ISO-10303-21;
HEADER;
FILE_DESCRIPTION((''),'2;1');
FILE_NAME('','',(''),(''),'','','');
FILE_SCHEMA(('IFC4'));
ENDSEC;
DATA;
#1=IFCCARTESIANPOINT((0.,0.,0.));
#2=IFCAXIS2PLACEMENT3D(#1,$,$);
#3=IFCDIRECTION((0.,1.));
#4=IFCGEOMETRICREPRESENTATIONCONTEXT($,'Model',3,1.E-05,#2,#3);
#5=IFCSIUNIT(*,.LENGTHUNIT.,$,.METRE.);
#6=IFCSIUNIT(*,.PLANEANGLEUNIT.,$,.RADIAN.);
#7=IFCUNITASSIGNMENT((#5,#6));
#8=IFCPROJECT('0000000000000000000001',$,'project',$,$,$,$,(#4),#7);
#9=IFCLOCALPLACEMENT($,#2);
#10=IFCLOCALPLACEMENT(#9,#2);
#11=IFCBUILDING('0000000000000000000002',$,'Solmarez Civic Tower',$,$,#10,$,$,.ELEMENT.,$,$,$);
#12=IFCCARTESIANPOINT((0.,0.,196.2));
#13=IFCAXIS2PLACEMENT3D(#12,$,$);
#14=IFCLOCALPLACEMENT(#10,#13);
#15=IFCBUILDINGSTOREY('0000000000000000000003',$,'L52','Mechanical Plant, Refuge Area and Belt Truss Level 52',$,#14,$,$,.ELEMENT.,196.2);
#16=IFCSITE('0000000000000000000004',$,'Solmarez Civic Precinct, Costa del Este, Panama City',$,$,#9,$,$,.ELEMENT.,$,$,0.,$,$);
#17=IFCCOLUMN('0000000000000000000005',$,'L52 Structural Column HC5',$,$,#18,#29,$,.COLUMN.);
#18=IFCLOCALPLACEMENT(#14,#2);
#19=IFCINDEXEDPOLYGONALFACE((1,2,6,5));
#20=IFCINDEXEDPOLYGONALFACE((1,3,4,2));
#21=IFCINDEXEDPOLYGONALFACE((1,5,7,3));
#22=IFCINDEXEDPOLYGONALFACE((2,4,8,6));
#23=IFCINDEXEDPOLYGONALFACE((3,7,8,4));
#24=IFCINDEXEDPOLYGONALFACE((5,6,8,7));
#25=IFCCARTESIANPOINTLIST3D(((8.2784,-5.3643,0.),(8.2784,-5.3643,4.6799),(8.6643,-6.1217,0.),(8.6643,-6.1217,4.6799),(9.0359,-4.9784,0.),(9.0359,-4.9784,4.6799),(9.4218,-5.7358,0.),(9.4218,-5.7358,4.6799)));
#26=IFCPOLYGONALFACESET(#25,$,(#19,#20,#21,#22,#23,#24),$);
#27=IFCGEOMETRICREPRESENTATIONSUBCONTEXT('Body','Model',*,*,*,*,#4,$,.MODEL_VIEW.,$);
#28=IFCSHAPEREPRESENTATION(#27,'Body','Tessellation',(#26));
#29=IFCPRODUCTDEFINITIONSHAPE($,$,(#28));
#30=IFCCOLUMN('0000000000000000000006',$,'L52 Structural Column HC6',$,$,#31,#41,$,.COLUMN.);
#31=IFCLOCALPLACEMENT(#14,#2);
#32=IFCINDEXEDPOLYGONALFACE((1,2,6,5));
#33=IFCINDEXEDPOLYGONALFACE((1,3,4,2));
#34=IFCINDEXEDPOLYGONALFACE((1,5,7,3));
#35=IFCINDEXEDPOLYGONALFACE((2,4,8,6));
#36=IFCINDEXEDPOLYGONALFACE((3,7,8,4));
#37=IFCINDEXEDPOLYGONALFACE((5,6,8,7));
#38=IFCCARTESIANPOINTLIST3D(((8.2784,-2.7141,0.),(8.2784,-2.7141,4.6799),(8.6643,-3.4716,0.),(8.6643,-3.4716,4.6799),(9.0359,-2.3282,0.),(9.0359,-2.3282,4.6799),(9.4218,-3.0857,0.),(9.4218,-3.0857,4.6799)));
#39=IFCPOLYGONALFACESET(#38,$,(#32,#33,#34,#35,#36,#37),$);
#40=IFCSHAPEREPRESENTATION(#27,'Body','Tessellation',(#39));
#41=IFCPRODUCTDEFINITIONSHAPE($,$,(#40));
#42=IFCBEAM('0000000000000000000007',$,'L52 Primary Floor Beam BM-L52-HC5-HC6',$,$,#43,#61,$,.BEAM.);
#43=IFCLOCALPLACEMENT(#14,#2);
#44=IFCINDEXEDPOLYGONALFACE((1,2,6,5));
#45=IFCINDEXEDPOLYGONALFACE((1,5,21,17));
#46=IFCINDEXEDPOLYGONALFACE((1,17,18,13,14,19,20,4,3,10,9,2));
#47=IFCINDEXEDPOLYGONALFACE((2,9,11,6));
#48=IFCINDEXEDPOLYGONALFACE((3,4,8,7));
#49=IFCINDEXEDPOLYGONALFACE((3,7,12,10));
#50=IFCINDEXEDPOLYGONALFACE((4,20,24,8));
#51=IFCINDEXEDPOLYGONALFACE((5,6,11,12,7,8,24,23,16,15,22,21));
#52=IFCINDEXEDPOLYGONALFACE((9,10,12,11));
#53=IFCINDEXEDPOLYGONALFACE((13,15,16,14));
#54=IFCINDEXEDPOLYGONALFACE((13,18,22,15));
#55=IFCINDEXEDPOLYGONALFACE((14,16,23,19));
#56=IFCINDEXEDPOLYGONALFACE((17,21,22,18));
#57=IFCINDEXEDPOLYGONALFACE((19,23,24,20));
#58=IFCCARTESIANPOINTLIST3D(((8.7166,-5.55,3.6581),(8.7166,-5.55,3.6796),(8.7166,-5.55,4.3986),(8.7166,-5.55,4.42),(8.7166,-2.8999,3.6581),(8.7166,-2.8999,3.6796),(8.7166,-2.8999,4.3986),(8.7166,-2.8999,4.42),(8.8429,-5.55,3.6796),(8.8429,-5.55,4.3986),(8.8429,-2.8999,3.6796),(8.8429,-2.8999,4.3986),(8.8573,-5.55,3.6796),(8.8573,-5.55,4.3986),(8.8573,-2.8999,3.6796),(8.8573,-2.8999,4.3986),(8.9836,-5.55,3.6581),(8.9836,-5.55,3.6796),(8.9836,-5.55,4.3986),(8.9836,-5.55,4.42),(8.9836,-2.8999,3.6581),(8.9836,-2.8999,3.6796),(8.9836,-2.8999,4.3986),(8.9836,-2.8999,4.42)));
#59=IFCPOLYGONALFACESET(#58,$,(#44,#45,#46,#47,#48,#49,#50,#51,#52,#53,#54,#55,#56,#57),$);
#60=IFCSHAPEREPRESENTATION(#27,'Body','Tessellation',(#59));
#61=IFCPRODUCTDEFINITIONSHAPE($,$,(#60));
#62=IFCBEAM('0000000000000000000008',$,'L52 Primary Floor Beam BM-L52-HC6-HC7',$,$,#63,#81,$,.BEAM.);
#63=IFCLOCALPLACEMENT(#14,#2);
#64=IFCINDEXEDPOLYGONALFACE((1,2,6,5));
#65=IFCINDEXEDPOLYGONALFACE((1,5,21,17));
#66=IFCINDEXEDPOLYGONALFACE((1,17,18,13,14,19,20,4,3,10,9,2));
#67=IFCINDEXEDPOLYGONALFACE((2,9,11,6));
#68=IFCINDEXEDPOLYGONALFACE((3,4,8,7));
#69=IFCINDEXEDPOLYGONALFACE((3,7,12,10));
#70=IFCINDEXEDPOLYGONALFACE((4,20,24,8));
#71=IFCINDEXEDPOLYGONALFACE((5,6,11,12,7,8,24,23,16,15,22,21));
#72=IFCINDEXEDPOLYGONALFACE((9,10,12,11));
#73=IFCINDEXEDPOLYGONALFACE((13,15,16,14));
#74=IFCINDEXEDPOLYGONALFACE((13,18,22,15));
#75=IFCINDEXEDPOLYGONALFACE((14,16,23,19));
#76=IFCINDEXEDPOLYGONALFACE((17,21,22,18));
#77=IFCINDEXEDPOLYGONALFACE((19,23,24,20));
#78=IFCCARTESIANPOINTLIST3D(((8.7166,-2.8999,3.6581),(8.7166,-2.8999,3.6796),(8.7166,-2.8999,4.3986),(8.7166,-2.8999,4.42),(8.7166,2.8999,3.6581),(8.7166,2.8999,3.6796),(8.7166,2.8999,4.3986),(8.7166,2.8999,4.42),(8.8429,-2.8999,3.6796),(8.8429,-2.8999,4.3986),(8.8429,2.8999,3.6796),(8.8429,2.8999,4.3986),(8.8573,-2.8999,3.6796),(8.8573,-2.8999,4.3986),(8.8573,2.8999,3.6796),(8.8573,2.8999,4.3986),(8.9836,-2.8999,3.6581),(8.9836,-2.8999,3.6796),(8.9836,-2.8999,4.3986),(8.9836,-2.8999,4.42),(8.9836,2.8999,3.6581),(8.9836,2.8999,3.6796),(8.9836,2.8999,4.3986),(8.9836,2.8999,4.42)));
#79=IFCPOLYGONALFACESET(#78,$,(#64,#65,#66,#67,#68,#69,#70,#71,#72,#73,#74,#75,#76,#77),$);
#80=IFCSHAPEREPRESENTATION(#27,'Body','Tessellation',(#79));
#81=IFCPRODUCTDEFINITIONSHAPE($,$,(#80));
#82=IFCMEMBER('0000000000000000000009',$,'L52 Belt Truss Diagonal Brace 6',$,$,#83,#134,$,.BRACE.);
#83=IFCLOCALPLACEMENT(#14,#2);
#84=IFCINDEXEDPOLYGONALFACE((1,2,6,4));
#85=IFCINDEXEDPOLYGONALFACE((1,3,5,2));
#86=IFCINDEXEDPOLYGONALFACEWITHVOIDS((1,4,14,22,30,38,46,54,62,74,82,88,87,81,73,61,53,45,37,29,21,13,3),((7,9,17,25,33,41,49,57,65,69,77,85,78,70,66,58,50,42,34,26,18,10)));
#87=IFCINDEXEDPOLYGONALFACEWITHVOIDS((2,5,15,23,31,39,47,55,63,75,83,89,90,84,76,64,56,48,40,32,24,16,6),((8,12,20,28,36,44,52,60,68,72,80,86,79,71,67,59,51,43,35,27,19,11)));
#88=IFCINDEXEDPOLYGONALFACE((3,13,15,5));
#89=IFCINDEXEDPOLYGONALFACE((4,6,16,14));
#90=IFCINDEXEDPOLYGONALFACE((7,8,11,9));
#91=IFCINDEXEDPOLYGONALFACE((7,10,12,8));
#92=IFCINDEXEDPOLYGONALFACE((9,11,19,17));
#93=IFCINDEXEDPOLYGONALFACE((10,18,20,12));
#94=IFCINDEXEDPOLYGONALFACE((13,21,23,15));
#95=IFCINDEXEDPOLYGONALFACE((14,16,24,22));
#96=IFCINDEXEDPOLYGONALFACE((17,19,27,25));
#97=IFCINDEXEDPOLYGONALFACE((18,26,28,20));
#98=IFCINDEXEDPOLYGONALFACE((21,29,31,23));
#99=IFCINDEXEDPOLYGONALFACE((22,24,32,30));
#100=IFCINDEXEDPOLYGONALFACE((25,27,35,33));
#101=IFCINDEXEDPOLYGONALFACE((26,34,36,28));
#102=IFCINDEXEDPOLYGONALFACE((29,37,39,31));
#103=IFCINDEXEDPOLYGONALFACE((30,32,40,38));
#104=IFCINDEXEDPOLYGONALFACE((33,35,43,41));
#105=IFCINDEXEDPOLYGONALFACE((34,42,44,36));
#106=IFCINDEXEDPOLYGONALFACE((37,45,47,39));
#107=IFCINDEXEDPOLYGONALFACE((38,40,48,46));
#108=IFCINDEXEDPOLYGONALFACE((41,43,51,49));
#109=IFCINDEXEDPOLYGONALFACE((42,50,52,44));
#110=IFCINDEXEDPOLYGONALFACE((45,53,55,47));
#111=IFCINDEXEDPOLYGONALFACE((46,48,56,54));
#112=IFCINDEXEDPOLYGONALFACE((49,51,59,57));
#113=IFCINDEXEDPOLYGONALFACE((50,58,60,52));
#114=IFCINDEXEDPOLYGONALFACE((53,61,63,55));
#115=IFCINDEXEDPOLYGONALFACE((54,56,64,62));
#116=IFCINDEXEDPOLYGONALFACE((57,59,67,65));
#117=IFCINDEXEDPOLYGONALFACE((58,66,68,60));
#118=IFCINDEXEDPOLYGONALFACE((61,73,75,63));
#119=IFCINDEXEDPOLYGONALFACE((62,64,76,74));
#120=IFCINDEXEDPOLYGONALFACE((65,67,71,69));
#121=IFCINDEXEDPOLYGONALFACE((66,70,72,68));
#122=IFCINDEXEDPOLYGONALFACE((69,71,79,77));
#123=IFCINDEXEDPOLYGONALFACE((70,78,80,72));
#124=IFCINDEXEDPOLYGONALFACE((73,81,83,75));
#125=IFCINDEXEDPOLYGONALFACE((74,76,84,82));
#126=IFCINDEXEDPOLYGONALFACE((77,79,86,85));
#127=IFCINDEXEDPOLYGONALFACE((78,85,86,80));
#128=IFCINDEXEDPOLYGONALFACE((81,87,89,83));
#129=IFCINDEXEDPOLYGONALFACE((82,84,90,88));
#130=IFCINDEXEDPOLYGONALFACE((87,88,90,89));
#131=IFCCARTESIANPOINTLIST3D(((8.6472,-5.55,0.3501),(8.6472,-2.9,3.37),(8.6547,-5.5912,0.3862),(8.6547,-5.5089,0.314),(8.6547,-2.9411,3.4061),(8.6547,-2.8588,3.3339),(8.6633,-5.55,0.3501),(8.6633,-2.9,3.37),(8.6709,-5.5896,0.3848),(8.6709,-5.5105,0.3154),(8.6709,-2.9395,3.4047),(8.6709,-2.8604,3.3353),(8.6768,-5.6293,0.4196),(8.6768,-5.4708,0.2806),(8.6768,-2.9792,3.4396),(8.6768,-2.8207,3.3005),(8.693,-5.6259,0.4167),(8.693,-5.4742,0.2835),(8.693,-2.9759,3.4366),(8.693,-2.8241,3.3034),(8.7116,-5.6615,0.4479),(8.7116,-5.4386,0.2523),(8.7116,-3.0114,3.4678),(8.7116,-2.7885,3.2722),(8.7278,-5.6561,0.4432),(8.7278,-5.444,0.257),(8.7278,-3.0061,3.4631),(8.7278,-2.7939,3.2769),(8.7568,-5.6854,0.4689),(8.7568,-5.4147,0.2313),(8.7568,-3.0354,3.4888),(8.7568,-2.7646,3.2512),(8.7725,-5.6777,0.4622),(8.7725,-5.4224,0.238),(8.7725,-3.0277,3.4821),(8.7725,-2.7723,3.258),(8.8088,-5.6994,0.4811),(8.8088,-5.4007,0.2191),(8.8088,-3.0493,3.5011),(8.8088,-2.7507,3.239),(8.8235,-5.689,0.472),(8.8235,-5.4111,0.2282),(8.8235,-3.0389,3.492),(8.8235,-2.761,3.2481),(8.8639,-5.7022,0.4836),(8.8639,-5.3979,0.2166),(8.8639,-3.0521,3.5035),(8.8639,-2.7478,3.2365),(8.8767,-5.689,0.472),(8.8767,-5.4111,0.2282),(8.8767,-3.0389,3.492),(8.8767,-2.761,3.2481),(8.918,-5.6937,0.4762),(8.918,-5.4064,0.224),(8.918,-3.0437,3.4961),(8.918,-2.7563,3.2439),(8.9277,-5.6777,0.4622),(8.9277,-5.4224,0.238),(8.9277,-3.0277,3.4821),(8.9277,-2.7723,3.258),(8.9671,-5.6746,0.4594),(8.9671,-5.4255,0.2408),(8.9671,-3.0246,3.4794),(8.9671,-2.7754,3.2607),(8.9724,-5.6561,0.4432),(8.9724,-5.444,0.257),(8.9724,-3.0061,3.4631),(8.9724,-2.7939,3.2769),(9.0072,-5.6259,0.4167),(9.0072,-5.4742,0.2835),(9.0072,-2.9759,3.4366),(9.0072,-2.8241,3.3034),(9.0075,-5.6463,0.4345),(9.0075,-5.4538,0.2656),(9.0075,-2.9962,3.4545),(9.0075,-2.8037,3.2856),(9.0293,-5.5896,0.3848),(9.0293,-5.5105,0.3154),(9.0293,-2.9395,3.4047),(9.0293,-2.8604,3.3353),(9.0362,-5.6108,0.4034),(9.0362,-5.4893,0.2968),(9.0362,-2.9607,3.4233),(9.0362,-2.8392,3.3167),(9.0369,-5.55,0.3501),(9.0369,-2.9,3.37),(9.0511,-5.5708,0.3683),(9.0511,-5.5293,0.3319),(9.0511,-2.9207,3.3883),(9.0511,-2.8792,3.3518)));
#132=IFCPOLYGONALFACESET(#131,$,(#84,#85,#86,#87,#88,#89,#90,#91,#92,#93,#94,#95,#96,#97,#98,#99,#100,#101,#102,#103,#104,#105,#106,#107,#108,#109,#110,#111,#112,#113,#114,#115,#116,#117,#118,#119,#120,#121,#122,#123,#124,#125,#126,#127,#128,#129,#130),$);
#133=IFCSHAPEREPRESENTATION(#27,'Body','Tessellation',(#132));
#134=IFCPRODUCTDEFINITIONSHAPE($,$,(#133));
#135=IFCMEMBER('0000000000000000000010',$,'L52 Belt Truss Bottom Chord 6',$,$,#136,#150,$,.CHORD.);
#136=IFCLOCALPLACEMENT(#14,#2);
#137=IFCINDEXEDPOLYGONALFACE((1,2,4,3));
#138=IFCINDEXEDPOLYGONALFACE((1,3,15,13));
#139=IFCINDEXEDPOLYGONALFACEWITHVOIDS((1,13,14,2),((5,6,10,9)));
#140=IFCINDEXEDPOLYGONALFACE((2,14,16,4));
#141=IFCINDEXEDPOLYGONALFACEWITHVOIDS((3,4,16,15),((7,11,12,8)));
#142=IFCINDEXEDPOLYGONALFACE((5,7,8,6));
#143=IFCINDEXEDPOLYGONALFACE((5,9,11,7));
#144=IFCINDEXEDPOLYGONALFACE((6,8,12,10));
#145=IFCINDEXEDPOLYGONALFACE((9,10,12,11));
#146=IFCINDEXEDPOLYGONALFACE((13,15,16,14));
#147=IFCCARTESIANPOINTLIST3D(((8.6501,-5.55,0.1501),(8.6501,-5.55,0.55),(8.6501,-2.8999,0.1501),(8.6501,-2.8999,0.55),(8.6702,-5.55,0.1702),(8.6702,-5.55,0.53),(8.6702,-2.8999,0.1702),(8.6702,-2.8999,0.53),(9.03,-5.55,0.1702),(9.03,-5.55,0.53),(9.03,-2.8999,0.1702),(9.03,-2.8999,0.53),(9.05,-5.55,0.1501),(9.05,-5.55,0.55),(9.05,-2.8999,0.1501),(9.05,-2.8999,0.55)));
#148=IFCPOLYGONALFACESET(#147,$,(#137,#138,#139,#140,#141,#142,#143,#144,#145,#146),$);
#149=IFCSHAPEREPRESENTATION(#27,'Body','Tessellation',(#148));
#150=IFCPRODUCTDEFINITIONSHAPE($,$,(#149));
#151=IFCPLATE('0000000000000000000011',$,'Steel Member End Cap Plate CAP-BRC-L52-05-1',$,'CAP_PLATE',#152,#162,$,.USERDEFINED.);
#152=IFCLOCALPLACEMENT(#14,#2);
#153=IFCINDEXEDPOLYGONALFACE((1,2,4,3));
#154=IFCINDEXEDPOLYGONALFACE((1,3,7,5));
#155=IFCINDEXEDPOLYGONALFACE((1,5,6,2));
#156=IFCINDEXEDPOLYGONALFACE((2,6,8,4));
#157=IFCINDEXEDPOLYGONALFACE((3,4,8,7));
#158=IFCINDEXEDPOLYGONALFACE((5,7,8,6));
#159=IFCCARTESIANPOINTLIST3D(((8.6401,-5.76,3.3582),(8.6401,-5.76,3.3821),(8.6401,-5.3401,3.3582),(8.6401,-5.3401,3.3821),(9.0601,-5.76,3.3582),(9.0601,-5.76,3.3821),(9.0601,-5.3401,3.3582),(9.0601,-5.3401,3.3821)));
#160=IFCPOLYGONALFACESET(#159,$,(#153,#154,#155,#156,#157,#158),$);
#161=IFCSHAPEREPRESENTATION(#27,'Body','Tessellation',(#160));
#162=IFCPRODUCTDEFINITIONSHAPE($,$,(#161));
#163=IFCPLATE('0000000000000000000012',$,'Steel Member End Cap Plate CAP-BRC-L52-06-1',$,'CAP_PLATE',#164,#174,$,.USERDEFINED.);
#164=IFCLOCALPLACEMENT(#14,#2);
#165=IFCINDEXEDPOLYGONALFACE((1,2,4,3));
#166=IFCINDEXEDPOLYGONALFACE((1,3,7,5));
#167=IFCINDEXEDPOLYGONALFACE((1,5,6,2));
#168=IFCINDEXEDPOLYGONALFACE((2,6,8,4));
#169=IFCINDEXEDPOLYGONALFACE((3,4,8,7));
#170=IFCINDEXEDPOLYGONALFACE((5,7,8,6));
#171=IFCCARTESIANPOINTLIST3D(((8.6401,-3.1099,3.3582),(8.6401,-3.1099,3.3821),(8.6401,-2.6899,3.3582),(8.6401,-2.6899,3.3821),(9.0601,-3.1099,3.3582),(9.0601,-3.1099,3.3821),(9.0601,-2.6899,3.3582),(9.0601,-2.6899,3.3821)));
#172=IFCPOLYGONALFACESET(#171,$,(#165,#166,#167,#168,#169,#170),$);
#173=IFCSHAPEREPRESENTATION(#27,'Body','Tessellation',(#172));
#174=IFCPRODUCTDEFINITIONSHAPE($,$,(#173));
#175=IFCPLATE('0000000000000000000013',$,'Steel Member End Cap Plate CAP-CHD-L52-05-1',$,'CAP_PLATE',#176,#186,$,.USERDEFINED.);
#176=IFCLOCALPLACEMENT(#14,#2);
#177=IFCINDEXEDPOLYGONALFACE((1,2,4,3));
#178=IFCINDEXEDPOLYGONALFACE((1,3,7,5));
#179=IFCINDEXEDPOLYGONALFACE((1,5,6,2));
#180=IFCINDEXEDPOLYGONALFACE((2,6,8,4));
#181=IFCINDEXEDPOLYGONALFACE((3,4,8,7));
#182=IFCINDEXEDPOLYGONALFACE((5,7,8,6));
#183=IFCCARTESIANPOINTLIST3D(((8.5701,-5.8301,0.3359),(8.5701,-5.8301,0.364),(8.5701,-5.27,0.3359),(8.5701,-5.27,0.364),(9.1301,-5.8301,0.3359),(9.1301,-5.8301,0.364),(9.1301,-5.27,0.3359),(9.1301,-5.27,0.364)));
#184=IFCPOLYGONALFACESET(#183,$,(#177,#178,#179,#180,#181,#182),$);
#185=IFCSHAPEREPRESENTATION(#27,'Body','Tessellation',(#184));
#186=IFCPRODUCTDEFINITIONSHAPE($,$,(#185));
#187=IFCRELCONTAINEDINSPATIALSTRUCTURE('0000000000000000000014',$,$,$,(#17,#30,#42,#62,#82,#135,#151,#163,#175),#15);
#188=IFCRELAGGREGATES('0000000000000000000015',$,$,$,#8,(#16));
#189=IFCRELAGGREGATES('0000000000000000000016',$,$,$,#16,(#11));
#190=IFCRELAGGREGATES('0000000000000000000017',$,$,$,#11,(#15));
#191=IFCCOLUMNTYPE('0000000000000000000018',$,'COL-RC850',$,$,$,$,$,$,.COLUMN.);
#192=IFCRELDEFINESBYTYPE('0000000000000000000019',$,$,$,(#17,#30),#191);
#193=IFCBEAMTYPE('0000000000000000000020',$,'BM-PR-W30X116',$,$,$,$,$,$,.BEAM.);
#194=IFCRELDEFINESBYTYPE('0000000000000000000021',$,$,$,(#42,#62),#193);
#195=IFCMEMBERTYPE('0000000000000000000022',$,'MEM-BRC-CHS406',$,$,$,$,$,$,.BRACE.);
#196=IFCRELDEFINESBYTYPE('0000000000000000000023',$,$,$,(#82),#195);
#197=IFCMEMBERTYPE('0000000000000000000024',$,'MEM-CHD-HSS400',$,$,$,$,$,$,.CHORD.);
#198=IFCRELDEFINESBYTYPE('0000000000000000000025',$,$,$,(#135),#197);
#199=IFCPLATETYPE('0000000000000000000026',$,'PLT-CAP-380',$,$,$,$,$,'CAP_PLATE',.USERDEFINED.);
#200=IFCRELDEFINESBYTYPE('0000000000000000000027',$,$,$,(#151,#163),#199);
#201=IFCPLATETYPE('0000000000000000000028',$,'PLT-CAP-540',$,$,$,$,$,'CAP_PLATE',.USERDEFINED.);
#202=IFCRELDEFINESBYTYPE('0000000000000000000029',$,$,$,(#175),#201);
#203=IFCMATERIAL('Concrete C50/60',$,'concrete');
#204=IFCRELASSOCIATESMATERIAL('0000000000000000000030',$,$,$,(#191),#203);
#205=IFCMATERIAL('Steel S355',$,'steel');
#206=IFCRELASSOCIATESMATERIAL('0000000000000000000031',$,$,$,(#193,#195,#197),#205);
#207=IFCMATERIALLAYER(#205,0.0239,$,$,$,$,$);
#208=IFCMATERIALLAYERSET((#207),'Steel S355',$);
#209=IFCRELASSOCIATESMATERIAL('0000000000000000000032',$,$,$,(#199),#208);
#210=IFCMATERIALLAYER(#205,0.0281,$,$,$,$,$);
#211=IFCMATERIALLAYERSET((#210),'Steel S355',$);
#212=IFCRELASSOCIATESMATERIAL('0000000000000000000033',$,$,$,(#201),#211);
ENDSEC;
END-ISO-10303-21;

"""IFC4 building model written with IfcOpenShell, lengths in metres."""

from ifc_helpers import new_model, si_unit, direction, frame, origin, origin_2d, place, context, subcontext, project, spatial, rectangle, hollow_rectangle, hollow_circle, i_section, extrude, material, layer, layer_set, material_profile, profile_set, type_object, element, save


model = new_model("IFC4")

# Units and contexts
model_context = context("Model", 3, precision=1e-05, world=origin(), true_north=direction((0.0, 1.0)))
body_context = subcontext(model_context, "Body", "Model", "MODEL_VIEW")
ifc_project = project(units=[si_unit("LENGTHUNIT", "METRE"), si_unit("PLANEANGLEUNIT", "RADIAN")], contexts=[model_context])

# Site, building, storey
site_placement = place(None, origin())
site = spatial("IfcSite", under=ifc_project, at=site_placement, Name="Solmarez Civic Precinct, Costa del Este, Panama City", CompositionType="ELEMENT", RefElevation=0.0)
building_placement = place(site_placement, origin())
building = spatial("IfcBuilding", under=site, at=building_placement, Name="Solmarez Civic Tower", CompositionType="ELEMENT")
storey_placement = place(building_placement, frame((0.0, 0.0, 196.2)))
storey = spatial("IfcBuildingStorey", under=building, at=storey_placement, Name="L52", Description="Mechanical Plant, Refuge Area and Belt Truss Level 52", CompositionType="ELEMENT", Elevation=196.2)

# Columns
ifc_material_1 = material(Name="Concrete C50/60", Category="concrete")
ifc_material_profile_1 = material_profile(ifc_material_1, rectangle(XDim=0.8501, YDim=0.8501, at=origin_2d()), Name="RC850X850")
ifc_profile_set_1 = profile_set([ifc_material_profile_1], Name="Concrete C50/60")
column_type = type_object("IfcColumnType", Name="COL-RC850", PredefinedType="COLUMN", material=ifc_profile_set_1)
for number, where, z_axis, x_axis, name in (
    (1, (8.8501, -5.55, 0.0), (0.0, 0.0, 1.0), (0.891007, 0.45399, 0.0), "L52 Structural Column HC5"),
    (2, (8.8501, -2.8999, 0.0), (0.0, 0.0, 1.0), (0.891007, 0.45399, 0.0), "L52 Structural Column HC6"),
):
    element("IfcColumn", number, at=place(storey_placement, frame(where, z_axis=z_axis, x_axis=x_axis)), inside=storey, type_object=column_type, Name=name, PredefinedType="COLUMN", context=body_context, shape_type="SweptSolid", body=[
        extrude(rectangle(XDim=0.8501, YDim=0.8501, at=origin_2d()), origin(), (0.0, 0.0, 1.0), 4.6799),
    ])

# Beams
ifc_material_2 = material(Name="Steel S355", Category="steel")
ifc_material_profile_2 = material_profile(ifc_material_2, i_section(OverallWidth=0.2671, OverallDepth=0.762, WebThickness=0.0144, FlangeThickness=0.0215, at=origin_2d()), Name="W30X116")
ifc_profile_set_2 = profile_set([ifc_material_profile_2], Name="Steel S355")
beam_type = type_object("IfcBeamType", Name="BM-PR-W30X116", PredefinedType="BEAM", material=ifc_profile_set_2)
beam_1_placement = place(storey_placement, frame((8.8501, -5.55, 4.0391), z_axis=(0.0, 1.0, 0.0), x_axis=(-1.0, 0.0, 0.0)))
element("IfcBeam", 3, at=beam_1_placement, inside=storey, type_object=beam_type, Name="L52 Primary Floor Beam BM-L52-HC5-HC6", PredefinedType="BEAM", context=body_context, shape_type="SweptSolid", body=[
    extrude(i_section(OverallWidth=0.2671, OverallDepth=0.762, WebThickness=0.0144, FlangeThickness=0.0215, at=origin_2d()), origin(), (0.0, 0.0, 1.0), 2.6501),
])
beam_2_placement = place(storey_placement, frame((8.8501, -2.8999, 4.0391), z_axis=(0.0, 1.0, 0.0), x_axis=(-1.0, 0.0, 0.0)))
element("IfcBeam", 4, at=beam_2_placement, inside=storey, type_object=beam_type, Name="L52 Primary Floor Beam BM-L52-HC6-HC7", PredefinedType="BEAM", context=body_context, shape_type="SweptSolid", body=[
    extrude(i_section(OverallWidth=0.2671, OverallDepth=0.762, WebThickness=0.0144, FlangeThickness=0.0215, at=origin_2d()), origin(), (0.0, 0.0, 1.0), 5.7998),
])

# Members
ifc_material_profile_3 = material_profile(ifc_material_2, hollow_circle(Radius=0.2029, WallThickness=0.0161, at=origin_2d()), Name="CHS406X16")
ifc_profile_set_3 = profile_set([ifc_material_profile_3], Name="Steel S355")
member_type_1 = type_object("IfcMemberType", Name="MEM-BRC-CHS406", PredefinedType="BRACE", material=ifc_profile_set_3)
member_1_placement = place(storey_placement, frame((8.8501, -5.55, 0.3501), z_axis=(0.0, 0.659579, 0.751635), x_axis=(-1.0, 0.0, 0.0)))
element("IfcMember", 5, at=member_1_placement, inside=storey, type_object=member_type_1, Name="L52 Belt Truss Diagonal Brace 6", PredefinedType="BRACE", context=body_context, shape_type="SweptSolid", body=[
    extrude(hollow_circle(Radius=0.2029, WallThickness=0.0161, at=origin_2d()), origin(), (0.0, 0.0, 1.0), 4.0178),
])
ifc_material_profile_4 = material_profile(ifc_material_2, hollow_rectangle(XDim=0.3999, YDim=0.3999, WallThickness=0.02, at=origin_2d()), Name="HSS400X400X20")
ifc_profile_set_4 = profile_set([ifc_material_profile_4], Name="Steel S355")
member_type_2 = type_object("IfcMemberType", Name="MEM-CHD-HSS400", PredefinedType="CHORD", material=ifc_profile_set_4)
member_2_placement = place(storey_placement, frame((8.8501, -5.55, 0.3501), z_axis=(0.0, 1.0, 0.0), x_axis=(-1.0, 0.0, 0.0)))
element("IfcMember", 6, at=member_2_placement, inside=storey, type_object=member_type_2, Name="L52 Belt Truss Bottom Chord 6", PredefinedType="CHORD", context=body_context, shape_type="SweptSolid", body=[
    extrude(hollow_rectangle(XDim=0.3999, YDim=0.3999, WallThickness=0.02, at=origin_2d()), origin(), (0.0, 0.0, 1.0), 2.6501),
])

# Plates
ifc_layer_1 = layer(ifc_material_2, 0.0239)
ifc_layer_set_1 = layer_set([ifc_layer_1], Name="Steel S355")
plate_type_1 = type_object("IfcPlateType", Name="PLT-CAP-380", ElementType="CAP_PLATE", PredefinedType="USERDEFINED", material=ifc_layer_set_1)
for number, where, z_axis, x_axis, name in (
    (7, (8.8501, -5.55, 3.3582), (0.0, 0.0, 1.0), (1.0, 0.0, 0.0), "Steel Member End Cap Plate CAP-BRC-L52-05-1"),
    (8, (8.8501, -2.8999, 3.3582), (0.0, 0.0, 1.0), (1.0, 0.0, 0.0), "Steel Member End Cap Plate CAP-BRC-L52-06-1"),
):
    element("IfcPlate", number, at=place(storey_placement, frame(where, z_axis=z_axis, x_axis=x_axis)), inside=storey, type_object=plate_type_1, Name=name, ObjectType="CAP_PLATE", PredefinedType="USERDEFINED", context=body_context, shape_type="SweptSolid", body=[
        extrude(rectangle(XDim=0.4199, YDim=0.4199, at=origin_2d()), origin(), (0.0, 0.0, 1.0), 0.0239),
    ])
ifc_layer_2 = layer(ifc_material_2, 0.0281)
ifc_layer_set_2 = layer_set([ifc_layer_2], Name="Steel S355")
plate_type_2 = type_object("IfcPlateType", Name="PLT-CAP-540", ElementType="CAP_PLATE", PredefinedType="USERDEFINED", material=ifc_layer_set_2)
for number, where, z_axis, x_axis, name in (
    (9, (8.8501, -5.55, 0.3359), (0.0, 0.0, 1.0), (1.0, 0.0, 0.0), "Steel Member End Cap Plate CAP-CHD-L52-05-1"),
):
    element("IfcPlate", number, at=place(storey_placement, frame(where, z_axis=z_axis, x_axis=x_axis)), inside=storey, type_object=plate_type_2, Name=name, ObjectType="CAP_PLATE", PredefinedType="USERDEFINED", context=body_context, shape_type="SweptSolid", body=[
        extrude(rectangle(XDim=0.5601, YDim=0.5601, at=origin_2d()), origin(), (0.0, 0.0, 1.0), 0.0281),
    ])

save(model, "model.ifc")
